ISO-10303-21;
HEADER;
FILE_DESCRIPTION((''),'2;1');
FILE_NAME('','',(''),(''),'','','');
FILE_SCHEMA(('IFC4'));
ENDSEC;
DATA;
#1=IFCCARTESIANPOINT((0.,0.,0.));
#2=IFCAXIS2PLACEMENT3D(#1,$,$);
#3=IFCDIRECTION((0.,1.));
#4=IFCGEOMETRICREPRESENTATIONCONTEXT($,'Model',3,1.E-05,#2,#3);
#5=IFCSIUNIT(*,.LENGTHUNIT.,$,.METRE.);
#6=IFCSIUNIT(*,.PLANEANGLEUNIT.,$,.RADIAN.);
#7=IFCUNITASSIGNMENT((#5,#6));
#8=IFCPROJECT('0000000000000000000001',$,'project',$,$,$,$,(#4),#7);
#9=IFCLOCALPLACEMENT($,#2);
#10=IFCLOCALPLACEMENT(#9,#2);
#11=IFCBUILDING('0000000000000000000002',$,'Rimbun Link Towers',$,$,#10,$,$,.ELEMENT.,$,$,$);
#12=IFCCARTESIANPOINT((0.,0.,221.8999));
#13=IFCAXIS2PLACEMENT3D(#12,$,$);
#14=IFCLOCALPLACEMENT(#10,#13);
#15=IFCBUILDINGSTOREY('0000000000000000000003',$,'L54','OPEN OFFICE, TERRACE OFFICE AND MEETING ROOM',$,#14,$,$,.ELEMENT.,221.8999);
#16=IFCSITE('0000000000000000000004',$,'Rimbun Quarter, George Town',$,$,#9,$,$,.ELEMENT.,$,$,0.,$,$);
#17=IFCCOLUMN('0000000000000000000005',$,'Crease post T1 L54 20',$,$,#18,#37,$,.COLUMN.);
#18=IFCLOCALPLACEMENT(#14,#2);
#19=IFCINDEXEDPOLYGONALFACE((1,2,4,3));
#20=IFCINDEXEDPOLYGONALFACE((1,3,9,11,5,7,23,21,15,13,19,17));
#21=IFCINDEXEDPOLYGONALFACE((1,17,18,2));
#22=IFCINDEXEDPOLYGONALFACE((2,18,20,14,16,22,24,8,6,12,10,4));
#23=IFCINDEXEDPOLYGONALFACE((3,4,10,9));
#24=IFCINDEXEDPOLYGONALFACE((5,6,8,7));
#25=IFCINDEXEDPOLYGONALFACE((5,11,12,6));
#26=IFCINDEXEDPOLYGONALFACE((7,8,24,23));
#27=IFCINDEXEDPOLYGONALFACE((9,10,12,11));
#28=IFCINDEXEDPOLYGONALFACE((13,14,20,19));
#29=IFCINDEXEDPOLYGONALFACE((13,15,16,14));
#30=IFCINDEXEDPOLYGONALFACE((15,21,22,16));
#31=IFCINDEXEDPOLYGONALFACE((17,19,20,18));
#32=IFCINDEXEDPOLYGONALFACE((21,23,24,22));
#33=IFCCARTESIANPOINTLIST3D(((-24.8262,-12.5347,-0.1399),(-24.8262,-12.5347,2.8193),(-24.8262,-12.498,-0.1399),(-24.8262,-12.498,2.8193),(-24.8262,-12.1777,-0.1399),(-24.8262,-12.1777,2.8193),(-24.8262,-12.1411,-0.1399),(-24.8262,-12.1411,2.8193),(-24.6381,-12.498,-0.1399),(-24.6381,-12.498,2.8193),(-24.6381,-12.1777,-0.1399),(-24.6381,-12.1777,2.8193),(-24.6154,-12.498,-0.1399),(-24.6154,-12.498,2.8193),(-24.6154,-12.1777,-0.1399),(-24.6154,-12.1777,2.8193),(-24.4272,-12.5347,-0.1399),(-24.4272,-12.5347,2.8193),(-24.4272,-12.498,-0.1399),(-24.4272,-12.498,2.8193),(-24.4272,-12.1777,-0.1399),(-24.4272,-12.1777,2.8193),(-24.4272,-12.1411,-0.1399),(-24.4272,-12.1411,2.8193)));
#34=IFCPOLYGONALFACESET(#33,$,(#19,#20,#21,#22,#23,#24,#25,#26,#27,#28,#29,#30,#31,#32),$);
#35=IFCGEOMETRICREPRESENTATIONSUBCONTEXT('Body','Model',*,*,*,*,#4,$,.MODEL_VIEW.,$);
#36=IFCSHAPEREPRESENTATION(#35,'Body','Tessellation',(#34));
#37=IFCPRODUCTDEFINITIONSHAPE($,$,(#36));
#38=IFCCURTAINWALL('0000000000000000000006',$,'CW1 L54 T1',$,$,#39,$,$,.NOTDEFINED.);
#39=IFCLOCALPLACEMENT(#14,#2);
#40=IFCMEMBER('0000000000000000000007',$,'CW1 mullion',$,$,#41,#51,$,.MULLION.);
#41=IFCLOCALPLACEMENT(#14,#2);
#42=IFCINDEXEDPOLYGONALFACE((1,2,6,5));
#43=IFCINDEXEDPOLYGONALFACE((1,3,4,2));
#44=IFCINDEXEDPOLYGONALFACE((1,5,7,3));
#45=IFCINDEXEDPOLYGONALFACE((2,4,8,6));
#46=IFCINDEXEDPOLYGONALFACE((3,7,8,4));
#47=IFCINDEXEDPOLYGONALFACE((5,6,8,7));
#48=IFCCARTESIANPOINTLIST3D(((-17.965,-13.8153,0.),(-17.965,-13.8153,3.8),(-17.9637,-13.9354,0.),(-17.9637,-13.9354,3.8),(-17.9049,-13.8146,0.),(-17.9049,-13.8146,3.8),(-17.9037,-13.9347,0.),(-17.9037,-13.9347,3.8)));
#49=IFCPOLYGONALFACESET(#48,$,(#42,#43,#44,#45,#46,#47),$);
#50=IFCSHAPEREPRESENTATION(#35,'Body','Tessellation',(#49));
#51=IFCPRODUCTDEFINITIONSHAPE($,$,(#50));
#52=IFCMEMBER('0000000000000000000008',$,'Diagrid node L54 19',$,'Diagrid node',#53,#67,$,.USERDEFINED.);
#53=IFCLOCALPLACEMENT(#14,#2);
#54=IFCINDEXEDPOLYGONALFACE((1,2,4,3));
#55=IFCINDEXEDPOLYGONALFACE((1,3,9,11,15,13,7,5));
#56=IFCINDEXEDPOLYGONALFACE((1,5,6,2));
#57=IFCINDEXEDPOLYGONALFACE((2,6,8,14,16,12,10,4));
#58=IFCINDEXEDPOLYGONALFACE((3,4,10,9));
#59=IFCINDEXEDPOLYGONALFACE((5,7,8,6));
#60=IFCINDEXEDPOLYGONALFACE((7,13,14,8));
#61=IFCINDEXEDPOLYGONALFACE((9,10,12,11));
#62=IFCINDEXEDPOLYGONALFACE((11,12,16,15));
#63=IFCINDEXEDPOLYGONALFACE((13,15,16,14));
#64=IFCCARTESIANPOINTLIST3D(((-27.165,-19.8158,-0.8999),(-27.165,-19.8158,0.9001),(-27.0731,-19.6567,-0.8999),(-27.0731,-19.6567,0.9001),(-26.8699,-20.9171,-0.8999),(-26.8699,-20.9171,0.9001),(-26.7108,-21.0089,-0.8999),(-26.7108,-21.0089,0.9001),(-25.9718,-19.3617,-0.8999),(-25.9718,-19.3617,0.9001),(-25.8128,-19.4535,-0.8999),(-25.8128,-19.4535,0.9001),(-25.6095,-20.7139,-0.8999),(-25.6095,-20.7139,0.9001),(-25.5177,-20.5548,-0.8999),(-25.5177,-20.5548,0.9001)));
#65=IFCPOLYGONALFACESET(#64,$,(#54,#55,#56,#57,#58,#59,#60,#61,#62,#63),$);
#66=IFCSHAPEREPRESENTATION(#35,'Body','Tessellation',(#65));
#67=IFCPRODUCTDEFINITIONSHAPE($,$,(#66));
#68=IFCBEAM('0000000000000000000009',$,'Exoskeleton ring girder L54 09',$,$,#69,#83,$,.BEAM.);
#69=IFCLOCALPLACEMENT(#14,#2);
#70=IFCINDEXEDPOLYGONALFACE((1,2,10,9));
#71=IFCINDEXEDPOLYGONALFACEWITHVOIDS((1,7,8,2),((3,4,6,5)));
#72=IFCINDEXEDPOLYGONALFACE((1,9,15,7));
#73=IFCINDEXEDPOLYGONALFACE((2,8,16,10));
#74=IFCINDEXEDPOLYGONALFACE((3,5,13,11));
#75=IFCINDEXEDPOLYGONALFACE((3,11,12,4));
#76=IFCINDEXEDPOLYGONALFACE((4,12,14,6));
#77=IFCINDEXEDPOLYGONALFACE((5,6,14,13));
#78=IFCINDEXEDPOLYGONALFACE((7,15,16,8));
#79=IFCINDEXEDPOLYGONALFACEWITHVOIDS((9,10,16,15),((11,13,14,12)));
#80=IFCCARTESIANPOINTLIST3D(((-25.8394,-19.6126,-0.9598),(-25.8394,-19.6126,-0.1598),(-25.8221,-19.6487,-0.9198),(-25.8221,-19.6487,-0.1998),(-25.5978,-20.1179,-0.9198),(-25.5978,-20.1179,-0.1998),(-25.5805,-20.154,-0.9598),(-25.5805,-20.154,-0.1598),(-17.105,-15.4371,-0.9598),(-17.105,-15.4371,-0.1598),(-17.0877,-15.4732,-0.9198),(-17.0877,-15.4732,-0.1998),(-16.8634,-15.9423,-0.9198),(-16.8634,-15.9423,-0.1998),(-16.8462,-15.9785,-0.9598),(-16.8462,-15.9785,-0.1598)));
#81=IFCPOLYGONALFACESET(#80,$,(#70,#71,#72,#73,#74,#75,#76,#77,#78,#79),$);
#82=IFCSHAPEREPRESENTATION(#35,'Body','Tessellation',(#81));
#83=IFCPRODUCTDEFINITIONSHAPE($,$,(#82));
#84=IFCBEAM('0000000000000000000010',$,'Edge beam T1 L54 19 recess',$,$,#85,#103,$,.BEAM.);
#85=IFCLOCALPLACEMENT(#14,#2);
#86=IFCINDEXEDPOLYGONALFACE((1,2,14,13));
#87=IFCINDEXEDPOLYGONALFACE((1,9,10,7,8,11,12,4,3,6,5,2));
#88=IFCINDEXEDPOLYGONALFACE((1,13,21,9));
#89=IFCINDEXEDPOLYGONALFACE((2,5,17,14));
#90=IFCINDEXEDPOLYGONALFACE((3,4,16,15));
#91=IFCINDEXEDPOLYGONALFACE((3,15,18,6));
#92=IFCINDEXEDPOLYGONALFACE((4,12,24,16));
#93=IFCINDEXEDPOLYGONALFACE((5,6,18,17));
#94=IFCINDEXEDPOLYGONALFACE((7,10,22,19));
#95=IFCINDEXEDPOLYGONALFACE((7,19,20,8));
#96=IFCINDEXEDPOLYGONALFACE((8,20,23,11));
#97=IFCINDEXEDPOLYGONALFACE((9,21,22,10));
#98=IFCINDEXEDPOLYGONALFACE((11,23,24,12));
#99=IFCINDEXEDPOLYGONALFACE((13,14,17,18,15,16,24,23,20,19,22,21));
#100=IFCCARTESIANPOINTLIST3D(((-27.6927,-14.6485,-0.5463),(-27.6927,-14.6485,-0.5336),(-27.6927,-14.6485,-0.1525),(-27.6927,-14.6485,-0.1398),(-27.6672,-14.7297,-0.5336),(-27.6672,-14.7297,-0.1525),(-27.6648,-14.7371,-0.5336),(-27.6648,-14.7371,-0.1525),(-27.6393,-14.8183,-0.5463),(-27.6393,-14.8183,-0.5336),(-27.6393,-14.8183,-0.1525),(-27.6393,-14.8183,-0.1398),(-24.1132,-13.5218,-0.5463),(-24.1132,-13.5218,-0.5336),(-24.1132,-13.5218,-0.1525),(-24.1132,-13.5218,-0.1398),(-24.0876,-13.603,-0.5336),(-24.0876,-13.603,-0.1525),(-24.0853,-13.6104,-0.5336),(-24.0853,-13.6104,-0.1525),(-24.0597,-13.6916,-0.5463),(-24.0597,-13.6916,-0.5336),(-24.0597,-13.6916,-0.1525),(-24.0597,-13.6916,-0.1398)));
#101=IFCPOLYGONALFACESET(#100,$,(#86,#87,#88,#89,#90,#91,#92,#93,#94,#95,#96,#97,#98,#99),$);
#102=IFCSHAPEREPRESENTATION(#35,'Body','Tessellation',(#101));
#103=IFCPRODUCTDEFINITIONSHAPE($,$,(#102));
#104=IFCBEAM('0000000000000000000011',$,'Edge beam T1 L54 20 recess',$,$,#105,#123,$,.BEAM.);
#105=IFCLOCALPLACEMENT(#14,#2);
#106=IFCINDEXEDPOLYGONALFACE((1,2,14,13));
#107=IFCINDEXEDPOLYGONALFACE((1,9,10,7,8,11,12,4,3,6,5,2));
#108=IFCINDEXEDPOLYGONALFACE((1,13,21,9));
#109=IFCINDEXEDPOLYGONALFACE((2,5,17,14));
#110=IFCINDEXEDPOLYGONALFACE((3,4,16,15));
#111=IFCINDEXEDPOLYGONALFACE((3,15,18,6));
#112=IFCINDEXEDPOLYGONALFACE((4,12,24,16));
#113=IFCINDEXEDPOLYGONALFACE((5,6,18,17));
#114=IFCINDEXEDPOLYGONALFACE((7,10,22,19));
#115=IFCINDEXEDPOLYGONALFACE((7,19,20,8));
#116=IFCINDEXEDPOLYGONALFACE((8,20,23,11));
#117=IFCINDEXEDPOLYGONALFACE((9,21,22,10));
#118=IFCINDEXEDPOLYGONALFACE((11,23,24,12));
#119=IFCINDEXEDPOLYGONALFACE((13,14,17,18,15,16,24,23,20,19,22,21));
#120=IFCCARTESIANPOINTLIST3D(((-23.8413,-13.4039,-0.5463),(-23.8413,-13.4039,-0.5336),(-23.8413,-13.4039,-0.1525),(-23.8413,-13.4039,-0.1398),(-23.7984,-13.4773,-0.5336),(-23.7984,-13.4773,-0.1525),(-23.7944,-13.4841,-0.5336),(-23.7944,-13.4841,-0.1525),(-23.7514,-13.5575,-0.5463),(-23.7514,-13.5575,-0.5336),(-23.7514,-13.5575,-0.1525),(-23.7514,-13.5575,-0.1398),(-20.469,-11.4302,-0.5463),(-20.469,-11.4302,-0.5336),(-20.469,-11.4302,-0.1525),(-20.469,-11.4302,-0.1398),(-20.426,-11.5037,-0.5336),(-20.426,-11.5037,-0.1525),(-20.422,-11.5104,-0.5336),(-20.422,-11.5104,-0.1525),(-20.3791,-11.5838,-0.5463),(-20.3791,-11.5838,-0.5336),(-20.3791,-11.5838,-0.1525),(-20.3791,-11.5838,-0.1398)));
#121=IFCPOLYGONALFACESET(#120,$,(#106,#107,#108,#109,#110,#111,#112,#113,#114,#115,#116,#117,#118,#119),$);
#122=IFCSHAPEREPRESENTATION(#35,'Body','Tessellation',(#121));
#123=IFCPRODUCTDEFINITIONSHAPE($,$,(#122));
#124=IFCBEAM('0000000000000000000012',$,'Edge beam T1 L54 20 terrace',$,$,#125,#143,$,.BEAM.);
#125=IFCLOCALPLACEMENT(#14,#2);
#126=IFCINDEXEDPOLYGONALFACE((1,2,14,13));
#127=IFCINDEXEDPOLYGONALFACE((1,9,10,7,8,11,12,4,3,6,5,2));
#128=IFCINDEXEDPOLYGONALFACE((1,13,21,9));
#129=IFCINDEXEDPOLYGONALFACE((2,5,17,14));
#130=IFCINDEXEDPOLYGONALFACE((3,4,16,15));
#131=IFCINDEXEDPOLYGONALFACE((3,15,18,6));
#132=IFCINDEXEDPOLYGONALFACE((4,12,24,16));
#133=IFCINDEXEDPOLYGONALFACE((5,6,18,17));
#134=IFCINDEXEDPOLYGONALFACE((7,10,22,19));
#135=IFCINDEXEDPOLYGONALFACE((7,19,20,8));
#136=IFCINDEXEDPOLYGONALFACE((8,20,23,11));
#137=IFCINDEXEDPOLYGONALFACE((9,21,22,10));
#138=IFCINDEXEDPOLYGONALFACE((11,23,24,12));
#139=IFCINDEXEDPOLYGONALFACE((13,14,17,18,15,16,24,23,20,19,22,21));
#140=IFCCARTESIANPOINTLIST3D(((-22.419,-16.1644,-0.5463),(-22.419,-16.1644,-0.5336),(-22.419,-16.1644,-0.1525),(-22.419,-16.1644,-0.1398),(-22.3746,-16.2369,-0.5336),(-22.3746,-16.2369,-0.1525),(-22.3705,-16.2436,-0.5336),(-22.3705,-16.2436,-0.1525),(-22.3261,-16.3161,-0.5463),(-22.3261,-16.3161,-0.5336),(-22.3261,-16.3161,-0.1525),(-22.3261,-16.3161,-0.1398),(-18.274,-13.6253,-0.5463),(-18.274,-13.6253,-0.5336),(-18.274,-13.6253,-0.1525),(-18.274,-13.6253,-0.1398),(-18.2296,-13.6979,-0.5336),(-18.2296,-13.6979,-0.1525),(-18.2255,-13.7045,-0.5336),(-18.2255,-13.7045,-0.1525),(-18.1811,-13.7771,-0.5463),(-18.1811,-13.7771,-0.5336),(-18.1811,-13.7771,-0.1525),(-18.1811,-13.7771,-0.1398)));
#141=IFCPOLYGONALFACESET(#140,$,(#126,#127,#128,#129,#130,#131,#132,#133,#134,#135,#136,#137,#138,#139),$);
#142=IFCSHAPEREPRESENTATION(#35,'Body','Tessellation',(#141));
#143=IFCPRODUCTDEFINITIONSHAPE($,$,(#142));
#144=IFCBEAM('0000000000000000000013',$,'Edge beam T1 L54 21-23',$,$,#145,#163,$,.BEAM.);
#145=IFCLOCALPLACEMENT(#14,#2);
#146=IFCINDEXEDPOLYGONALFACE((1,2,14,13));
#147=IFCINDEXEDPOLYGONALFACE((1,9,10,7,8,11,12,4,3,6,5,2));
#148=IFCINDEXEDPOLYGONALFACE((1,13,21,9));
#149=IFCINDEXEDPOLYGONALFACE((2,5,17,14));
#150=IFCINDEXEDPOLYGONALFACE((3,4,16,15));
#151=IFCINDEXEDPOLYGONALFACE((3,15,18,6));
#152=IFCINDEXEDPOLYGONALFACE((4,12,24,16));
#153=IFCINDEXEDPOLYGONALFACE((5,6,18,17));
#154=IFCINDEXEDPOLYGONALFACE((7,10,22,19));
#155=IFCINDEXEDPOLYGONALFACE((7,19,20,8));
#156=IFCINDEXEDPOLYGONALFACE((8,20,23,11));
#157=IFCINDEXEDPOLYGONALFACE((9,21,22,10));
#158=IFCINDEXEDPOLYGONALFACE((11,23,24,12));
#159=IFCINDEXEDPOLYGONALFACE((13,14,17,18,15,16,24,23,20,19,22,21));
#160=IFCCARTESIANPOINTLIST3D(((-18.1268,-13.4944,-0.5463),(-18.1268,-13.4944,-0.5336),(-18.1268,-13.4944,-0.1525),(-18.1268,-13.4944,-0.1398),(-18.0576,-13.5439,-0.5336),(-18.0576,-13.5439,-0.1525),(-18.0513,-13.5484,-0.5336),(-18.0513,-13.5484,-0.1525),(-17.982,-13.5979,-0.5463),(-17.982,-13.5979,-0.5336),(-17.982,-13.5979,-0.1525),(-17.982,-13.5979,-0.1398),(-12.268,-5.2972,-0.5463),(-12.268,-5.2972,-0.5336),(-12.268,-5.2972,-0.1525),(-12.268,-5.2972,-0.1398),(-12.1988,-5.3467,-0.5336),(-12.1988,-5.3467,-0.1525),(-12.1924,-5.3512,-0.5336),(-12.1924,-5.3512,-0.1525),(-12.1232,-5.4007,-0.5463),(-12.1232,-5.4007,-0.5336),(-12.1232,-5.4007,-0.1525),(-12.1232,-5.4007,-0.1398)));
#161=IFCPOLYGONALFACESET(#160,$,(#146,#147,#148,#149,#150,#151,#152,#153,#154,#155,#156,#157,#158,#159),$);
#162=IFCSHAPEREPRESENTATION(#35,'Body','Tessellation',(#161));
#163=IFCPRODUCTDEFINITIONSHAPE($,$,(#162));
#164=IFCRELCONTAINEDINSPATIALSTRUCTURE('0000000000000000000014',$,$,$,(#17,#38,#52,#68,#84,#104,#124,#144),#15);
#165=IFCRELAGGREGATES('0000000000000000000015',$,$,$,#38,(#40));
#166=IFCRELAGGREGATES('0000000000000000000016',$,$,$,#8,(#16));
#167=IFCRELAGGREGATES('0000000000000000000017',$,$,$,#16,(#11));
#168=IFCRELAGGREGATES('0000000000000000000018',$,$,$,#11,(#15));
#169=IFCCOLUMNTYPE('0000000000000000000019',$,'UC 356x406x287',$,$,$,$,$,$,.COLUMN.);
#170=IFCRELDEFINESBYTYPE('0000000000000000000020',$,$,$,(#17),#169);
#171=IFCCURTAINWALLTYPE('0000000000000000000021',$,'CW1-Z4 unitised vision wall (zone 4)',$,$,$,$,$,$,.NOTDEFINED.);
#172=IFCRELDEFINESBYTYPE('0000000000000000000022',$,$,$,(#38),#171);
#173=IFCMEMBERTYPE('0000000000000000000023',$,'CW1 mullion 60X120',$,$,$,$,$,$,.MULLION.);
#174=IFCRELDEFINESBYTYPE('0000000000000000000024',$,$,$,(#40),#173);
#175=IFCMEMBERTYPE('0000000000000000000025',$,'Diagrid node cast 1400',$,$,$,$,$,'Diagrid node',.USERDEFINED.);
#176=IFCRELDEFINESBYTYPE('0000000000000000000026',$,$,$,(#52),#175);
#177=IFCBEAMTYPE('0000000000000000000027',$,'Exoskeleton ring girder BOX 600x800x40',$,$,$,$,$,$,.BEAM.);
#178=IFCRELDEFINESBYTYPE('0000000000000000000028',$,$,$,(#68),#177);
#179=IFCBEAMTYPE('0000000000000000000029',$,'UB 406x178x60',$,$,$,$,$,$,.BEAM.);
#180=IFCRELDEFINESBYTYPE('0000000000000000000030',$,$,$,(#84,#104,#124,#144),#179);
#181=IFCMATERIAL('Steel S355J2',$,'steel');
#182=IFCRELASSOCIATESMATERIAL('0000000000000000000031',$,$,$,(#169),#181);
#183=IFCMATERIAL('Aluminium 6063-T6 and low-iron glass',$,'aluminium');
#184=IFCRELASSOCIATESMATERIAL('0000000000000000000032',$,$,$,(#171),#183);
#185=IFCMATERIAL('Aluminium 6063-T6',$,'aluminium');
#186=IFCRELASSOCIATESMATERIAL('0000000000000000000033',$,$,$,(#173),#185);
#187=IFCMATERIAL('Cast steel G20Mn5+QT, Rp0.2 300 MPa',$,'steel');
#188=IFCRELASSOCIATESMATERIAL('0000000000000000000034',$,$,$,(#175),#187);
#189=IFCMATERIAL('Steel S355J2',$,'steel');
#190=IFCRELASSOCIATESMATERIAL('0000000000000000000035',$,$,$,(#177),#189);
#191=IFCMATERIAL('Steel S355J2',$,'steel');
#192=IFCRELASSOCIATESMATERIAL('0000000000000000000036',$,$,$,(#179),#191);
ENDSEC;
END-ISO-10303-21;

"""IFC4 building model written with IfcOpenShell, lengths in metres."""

from ifc_helpers import new_model, si_unit, direction, frame, origin, origin_2d, place, context, subcontext, project, spatial, polyline, rectangle, hollow_rectangle, i_section, outline, extrude, material, material_profile, profile_set, type_object, element, aggregate, save


model = new_model("IFC4")

# Units and contexts
model_context = context("Model", 3, precision=1e-05, world=origin(), true_north=direction((0.0, 1.0)))
body_context = subcontext(model_context, "Body", "Model", "MODEL_VIEW")
ifc_project = project(units=[si_unit("LENGTHUNIT", "METRE"), si_unit("PLANEANGLEUNIT", "RADIAN")], contexts=[model_context])

# Site, building, storey
site_placement = place(None, origin())
site = spatial("IfcSite", under=ifc_project, at=site_placement, Name="Rimbun Quarter, George Town", CompositionType="ELEMENT", RefElevation=0.0)
building_placement = place(site_placement, origin())
building = spatial("IfcBuilding", under=site, at=building_placement, Name="Rimbun Link Towers", CompositionType="ELEMENT")
storey_placement = place(building_placement, frame((0.0, 0.0, 221.8999)))
storey = spatial("IfcBuildingStorey", under=building, at=storey_placement, Name="L54", Description="OPEN OFFICE, TERRACE OFFICE AND MEETING ROOM", CompositionType="ELEMENT", Elevation=221.8999)

# Column
ifc_material_1 = material(Name="Steel S355J2", Category="steel")
ifc_material_profile_1 = material_profile(ifc_material_1, i_section(OverallWidth=0.3989, OverallDepth=0.3936, WebThickness=0.0227, FlangeThickness=0.0366, at=origin_2d()), Name="UC 356x406x287")
ifc_profile_set_1 = profile_set([ifc_material_profile_1], Name="Steel S355J2")
column_type = type_object("IfcColumnType", Name="UC 356x406x287", PredefinedType="COLUMN", material=ifc_profile_set_1)
column_placement = place(storey_placement, frame((-24.6267, -12.3379, -0.1399), z_axis=(0.0, 0.0, 1.0), x_axis=(1.0, 0.0, 0.0)))
element("IfcColumn", 1, at=column_placement, inside=storey, type_object=column_type, Name="Crease post T1 L54 20", PredefinedType="COLUMN", context=body_context, shape_type="SweptSolid", body=[
    extrude(i_section(OverallWidth=0.3989, OverallDepth=0.3936, WebThickness=0.0227, FlangeThickness=0.0366, at=origin_2d()), origin(), (0.0, 0.0, 1.0), 2.9592),
])

# Curtain wall, member
ifc_material_2 = material(Name="Aluminium 6063-T6 and low-iron glass", Category="aluminium")
curtain_wall_type = type_object("IfcCurtainWallType", Name="CW1-Z4 unitised vision wall (zone 4)", PredefinedType="NOTDEFINED", material=ifc_material_2)
curtain_wall_placement = place(storey_placement, origin())
curtain_wall = element("IfcCurtainWall", 2, at=curtain_wall_placement, inside=storey, type_object=curtain_wall_type, Name="CW1 L54 T1", PredefinedType="NOTDEFINED")
ifc_material_3 = material(Name="Aluminium 6063-T6", Category="aluminium")
ifc_material_profile_2 = material_profile(ifc_material_3, rectangle(XDim=0.1201, YDim=0.0601, at=origin_2d()), Name="MULLION 60X120")
ifc_profile_set_2 = profile_set([ifc_material_profile_2], Name="Aluminium 6063-T6")
member_type_1 = type_object("IfcMemberType", Name="CW1 mullion 60X120", PredefinedType="MULLION", material=ifc_profile_set_2)
member_1_placement = place(storey_placement, frame((-17.9343, -13.875, 0.0), z_axis=(0.0, 0.0, 1.0), x_axis=(0.010539, -0.999944, 0.0)))
member_1 = element("IfcMember", 3, at=member_1_placement, type_object=member_type_1, Name="CW1 mullion", PredefinedType="MULLION", context=body_context, shape_type="SweptSolid", body=[
    extrude(rectangle(XDim=0.1201, YDim=0.0601, at=origin_2d()), origin(), (0.0, 0.0, 1.0), 3.8),
])
aggregate(curtain_wall, [member_1])

# Member
ifc_material_4 = material(Name="Cast steel G20Mn5+QT, Rp0.2 300 MPa", Category="steel")
ifc_material_profile_3 = material_profile(ifc_material_4, outline(polyline([(0.7, -0.5701), (0.7, 0.5701), (0.5701, 0.7), (-0.5701, 0.7), (-0.7, 0.5701), (-0.7, -0.5701), (-0.5701, -0.7), (0.5701, -0.7), (0.7, -0.5701)])), Name="NODE 1400x1400")
ifc_profile_set_3 = profile_set([ifc_material_profile_3], Name="Cast steel G20Mn5+QT, Rp0.2 300 MPa")
member_type_2 = type_object("IfcMemberType", Name="Diagrid node cast 1400", ElementType="Diagrid node", PredefinedType="USERDEFINED", material=ifc_profile_set_3)
member_2_placement = place(storey_placement, frame((-26.3413, -20.1853, -0.8999), z_axis=(0.0, 0.0, 1.0), x_axis=(0.258819, -0.965926, 0.0)))
element("IfcMember", 4, at=member_2_placement, inside=storey, type_object=member_type_2, Name="Diagrid node L54 19", ObjectType="Diagrid node", PredefinedType="USERDEFINED", context=body_context, shape_type="SweptSolid", body=[
    extrude(outline(polyline([(0.7, -0.5701), (0.7, 0.5701), (0.5701, 0.7), (-0.5701, 0.7), (-0.7, 0.5701), (-0.7, -0.5701), (-0.5701, -0.7), (0.5701, -0.7), (0.7, -0.5701)])), origin(), (0.0, 0.0, 1.0), 1.8),
])

# Beams
ifc_material_5 = material(Name="Steel S355J2", Category="steel")
ifc_material_profile_4 = material_profile(ifc_material_5, hollow_rectangle(XDim=0.6001, YDim=0.8, WallThickness=0.04, at=origin_2d()), Name="Exoskeleton ring girder BOX 600x800x40")
ifc_profile_set_4 = profile_set([ifc_material_profile_4], Name="Steel S355J2")
beam_type_1 = type_object("IfcBeamType", Name="Exoskeleton ring girder BOX 600x800x40", PredefinedType="BEAM", material=ifc_profile_set_4)
beam_1_placement = place(storey_placement, frame((-25.71, -19.8833, -0.5598), z_axis=(0.902205, 0.431306, 0.0), x_axis=(-0.431306, 0.902205, 0.0)))
element("IfcBeam", 5, at=beam_1_placement, inside=storey, type_object=beam_type_1, Name="Exoskeleton ring girder L54 09", PredefinedType="BEAM", context=body_context, shape_type="SweptSolid", body=[
    extrude(hollow_rectangle(XDim=0.6001, YDim=0.8, WallThickness=0.04, at=origin_2d()), origin(), (0.0, 0.0, 1.0), 9.6812),
])
ifc_material_6 = material(Name="Steel S355J2", Category="steel")
ifc_material_profile_5 = material_profile(ifc_material_6, i_section(OverallWidth=0.178, OverallDepth=0.4065, WebThickness=0.0078, FlangeThickness=0.0127, at=origin_2d()), Name="UB 406x178x60")
ifc_profile_set_5 = profile_set([ifc_material_profile_5], Name="Steel S355J2")
beam_type_2 = type_object("IfcBeamType", Name="UB 406x178x60", PredefinedType="BEAM", material=ifc_profile_set_5)
beam_2_placement = place(storey_placement, frame((-27.666, -14.7334, -0.343), z_axis=(0.953864, 0.300238, 0.0), x_axis=(-0.300238, 0.953864, 0.0)))
element("IfcBeam", 6, at=beam_2_placement, inside=storey, type_object=beam_type_2, Name="Edge beam T1 L54 19 recess", PredefinedType="BEAM", context=body_context, shape_type="SweptSolid", body=[
    extrude(i_section(OverallWidth=0.178, OverallDepth=0.4065, WebThickness=0.0078, FlangeThickness=0.0127, at=origin_2d()), origin(), (0.0, 0.0, 1.0), 3.7527),
])
beam_3_placement = place(storey_placement, frame((-23.7964, -13.4807, -0.343), z_axis=(0.86306, 0.505102, 0.0), x_axis=(-0.505102, 0.86306, 0.0)))
element("IfcBeam", 7, at=beam_3_placement, inside=storey, type_object=beam_type_2, Name="Edge beam T1 L54 20 recess", PredefinedType="BEAM", context=body_context, shape_type="SweptSolid", body=[
    extrude(i_section(OverallWidth=0.178, OverallDepth=0.4065, WebThickness=0.0078, FlangeThickness=0.0127, at=origin_2d()), origin(), (0.0, 0.0, 1.0), 3.9075),
])
beam_4_placement = place(storey_placement, frame((-22.3726, -16.2402, -0.343), z_axis=(0.852733, 0.522348, 0.0), x_axis=(-0.522348, 0.852733, 0.0)))
element("IfcBeam", 8, at=beam_4_placement, inside=storey, type_object=beam_type_2, Name="Edge beam T1 L54 20 terrace", PredefinedType="BEAM", context=body_context, shape_type="SweptSolid", body=[
    extrude(i_section(OverallWidth=0.178, OverallDepth=0.4065, WebThickness=0.0078, FlangeThickness=0.0127, at=origin_2d()), origin(), (0.0, 0.0, 1.0), 4.8608),
])
beam_5_placement = place(storey_placement, frame((-18.0544, -13.5461, -0.343), z_axis=(0.581481, 0.81356, 0.0), x_axis=(-0.81356, 0.581481, 0.0)))
element("IfcBeam", 9, at=beam_5_placement, inside=storey, type_object=beam_type_2, Name="Edge beam T1 L54 21-23", PredefinedType="BEAM", context=body_context, shape_type="SweptSolid", body=[
    extrude(i_section(OverallWidth=0.178, OverallDepth=0.4065, WebThickness=0.0078, FlangeThickness=0.0127, at=origin_2d()), origin(), (0.0, 0.0, 1.0), 10.0757),
])

save(model, "model.ifc")
